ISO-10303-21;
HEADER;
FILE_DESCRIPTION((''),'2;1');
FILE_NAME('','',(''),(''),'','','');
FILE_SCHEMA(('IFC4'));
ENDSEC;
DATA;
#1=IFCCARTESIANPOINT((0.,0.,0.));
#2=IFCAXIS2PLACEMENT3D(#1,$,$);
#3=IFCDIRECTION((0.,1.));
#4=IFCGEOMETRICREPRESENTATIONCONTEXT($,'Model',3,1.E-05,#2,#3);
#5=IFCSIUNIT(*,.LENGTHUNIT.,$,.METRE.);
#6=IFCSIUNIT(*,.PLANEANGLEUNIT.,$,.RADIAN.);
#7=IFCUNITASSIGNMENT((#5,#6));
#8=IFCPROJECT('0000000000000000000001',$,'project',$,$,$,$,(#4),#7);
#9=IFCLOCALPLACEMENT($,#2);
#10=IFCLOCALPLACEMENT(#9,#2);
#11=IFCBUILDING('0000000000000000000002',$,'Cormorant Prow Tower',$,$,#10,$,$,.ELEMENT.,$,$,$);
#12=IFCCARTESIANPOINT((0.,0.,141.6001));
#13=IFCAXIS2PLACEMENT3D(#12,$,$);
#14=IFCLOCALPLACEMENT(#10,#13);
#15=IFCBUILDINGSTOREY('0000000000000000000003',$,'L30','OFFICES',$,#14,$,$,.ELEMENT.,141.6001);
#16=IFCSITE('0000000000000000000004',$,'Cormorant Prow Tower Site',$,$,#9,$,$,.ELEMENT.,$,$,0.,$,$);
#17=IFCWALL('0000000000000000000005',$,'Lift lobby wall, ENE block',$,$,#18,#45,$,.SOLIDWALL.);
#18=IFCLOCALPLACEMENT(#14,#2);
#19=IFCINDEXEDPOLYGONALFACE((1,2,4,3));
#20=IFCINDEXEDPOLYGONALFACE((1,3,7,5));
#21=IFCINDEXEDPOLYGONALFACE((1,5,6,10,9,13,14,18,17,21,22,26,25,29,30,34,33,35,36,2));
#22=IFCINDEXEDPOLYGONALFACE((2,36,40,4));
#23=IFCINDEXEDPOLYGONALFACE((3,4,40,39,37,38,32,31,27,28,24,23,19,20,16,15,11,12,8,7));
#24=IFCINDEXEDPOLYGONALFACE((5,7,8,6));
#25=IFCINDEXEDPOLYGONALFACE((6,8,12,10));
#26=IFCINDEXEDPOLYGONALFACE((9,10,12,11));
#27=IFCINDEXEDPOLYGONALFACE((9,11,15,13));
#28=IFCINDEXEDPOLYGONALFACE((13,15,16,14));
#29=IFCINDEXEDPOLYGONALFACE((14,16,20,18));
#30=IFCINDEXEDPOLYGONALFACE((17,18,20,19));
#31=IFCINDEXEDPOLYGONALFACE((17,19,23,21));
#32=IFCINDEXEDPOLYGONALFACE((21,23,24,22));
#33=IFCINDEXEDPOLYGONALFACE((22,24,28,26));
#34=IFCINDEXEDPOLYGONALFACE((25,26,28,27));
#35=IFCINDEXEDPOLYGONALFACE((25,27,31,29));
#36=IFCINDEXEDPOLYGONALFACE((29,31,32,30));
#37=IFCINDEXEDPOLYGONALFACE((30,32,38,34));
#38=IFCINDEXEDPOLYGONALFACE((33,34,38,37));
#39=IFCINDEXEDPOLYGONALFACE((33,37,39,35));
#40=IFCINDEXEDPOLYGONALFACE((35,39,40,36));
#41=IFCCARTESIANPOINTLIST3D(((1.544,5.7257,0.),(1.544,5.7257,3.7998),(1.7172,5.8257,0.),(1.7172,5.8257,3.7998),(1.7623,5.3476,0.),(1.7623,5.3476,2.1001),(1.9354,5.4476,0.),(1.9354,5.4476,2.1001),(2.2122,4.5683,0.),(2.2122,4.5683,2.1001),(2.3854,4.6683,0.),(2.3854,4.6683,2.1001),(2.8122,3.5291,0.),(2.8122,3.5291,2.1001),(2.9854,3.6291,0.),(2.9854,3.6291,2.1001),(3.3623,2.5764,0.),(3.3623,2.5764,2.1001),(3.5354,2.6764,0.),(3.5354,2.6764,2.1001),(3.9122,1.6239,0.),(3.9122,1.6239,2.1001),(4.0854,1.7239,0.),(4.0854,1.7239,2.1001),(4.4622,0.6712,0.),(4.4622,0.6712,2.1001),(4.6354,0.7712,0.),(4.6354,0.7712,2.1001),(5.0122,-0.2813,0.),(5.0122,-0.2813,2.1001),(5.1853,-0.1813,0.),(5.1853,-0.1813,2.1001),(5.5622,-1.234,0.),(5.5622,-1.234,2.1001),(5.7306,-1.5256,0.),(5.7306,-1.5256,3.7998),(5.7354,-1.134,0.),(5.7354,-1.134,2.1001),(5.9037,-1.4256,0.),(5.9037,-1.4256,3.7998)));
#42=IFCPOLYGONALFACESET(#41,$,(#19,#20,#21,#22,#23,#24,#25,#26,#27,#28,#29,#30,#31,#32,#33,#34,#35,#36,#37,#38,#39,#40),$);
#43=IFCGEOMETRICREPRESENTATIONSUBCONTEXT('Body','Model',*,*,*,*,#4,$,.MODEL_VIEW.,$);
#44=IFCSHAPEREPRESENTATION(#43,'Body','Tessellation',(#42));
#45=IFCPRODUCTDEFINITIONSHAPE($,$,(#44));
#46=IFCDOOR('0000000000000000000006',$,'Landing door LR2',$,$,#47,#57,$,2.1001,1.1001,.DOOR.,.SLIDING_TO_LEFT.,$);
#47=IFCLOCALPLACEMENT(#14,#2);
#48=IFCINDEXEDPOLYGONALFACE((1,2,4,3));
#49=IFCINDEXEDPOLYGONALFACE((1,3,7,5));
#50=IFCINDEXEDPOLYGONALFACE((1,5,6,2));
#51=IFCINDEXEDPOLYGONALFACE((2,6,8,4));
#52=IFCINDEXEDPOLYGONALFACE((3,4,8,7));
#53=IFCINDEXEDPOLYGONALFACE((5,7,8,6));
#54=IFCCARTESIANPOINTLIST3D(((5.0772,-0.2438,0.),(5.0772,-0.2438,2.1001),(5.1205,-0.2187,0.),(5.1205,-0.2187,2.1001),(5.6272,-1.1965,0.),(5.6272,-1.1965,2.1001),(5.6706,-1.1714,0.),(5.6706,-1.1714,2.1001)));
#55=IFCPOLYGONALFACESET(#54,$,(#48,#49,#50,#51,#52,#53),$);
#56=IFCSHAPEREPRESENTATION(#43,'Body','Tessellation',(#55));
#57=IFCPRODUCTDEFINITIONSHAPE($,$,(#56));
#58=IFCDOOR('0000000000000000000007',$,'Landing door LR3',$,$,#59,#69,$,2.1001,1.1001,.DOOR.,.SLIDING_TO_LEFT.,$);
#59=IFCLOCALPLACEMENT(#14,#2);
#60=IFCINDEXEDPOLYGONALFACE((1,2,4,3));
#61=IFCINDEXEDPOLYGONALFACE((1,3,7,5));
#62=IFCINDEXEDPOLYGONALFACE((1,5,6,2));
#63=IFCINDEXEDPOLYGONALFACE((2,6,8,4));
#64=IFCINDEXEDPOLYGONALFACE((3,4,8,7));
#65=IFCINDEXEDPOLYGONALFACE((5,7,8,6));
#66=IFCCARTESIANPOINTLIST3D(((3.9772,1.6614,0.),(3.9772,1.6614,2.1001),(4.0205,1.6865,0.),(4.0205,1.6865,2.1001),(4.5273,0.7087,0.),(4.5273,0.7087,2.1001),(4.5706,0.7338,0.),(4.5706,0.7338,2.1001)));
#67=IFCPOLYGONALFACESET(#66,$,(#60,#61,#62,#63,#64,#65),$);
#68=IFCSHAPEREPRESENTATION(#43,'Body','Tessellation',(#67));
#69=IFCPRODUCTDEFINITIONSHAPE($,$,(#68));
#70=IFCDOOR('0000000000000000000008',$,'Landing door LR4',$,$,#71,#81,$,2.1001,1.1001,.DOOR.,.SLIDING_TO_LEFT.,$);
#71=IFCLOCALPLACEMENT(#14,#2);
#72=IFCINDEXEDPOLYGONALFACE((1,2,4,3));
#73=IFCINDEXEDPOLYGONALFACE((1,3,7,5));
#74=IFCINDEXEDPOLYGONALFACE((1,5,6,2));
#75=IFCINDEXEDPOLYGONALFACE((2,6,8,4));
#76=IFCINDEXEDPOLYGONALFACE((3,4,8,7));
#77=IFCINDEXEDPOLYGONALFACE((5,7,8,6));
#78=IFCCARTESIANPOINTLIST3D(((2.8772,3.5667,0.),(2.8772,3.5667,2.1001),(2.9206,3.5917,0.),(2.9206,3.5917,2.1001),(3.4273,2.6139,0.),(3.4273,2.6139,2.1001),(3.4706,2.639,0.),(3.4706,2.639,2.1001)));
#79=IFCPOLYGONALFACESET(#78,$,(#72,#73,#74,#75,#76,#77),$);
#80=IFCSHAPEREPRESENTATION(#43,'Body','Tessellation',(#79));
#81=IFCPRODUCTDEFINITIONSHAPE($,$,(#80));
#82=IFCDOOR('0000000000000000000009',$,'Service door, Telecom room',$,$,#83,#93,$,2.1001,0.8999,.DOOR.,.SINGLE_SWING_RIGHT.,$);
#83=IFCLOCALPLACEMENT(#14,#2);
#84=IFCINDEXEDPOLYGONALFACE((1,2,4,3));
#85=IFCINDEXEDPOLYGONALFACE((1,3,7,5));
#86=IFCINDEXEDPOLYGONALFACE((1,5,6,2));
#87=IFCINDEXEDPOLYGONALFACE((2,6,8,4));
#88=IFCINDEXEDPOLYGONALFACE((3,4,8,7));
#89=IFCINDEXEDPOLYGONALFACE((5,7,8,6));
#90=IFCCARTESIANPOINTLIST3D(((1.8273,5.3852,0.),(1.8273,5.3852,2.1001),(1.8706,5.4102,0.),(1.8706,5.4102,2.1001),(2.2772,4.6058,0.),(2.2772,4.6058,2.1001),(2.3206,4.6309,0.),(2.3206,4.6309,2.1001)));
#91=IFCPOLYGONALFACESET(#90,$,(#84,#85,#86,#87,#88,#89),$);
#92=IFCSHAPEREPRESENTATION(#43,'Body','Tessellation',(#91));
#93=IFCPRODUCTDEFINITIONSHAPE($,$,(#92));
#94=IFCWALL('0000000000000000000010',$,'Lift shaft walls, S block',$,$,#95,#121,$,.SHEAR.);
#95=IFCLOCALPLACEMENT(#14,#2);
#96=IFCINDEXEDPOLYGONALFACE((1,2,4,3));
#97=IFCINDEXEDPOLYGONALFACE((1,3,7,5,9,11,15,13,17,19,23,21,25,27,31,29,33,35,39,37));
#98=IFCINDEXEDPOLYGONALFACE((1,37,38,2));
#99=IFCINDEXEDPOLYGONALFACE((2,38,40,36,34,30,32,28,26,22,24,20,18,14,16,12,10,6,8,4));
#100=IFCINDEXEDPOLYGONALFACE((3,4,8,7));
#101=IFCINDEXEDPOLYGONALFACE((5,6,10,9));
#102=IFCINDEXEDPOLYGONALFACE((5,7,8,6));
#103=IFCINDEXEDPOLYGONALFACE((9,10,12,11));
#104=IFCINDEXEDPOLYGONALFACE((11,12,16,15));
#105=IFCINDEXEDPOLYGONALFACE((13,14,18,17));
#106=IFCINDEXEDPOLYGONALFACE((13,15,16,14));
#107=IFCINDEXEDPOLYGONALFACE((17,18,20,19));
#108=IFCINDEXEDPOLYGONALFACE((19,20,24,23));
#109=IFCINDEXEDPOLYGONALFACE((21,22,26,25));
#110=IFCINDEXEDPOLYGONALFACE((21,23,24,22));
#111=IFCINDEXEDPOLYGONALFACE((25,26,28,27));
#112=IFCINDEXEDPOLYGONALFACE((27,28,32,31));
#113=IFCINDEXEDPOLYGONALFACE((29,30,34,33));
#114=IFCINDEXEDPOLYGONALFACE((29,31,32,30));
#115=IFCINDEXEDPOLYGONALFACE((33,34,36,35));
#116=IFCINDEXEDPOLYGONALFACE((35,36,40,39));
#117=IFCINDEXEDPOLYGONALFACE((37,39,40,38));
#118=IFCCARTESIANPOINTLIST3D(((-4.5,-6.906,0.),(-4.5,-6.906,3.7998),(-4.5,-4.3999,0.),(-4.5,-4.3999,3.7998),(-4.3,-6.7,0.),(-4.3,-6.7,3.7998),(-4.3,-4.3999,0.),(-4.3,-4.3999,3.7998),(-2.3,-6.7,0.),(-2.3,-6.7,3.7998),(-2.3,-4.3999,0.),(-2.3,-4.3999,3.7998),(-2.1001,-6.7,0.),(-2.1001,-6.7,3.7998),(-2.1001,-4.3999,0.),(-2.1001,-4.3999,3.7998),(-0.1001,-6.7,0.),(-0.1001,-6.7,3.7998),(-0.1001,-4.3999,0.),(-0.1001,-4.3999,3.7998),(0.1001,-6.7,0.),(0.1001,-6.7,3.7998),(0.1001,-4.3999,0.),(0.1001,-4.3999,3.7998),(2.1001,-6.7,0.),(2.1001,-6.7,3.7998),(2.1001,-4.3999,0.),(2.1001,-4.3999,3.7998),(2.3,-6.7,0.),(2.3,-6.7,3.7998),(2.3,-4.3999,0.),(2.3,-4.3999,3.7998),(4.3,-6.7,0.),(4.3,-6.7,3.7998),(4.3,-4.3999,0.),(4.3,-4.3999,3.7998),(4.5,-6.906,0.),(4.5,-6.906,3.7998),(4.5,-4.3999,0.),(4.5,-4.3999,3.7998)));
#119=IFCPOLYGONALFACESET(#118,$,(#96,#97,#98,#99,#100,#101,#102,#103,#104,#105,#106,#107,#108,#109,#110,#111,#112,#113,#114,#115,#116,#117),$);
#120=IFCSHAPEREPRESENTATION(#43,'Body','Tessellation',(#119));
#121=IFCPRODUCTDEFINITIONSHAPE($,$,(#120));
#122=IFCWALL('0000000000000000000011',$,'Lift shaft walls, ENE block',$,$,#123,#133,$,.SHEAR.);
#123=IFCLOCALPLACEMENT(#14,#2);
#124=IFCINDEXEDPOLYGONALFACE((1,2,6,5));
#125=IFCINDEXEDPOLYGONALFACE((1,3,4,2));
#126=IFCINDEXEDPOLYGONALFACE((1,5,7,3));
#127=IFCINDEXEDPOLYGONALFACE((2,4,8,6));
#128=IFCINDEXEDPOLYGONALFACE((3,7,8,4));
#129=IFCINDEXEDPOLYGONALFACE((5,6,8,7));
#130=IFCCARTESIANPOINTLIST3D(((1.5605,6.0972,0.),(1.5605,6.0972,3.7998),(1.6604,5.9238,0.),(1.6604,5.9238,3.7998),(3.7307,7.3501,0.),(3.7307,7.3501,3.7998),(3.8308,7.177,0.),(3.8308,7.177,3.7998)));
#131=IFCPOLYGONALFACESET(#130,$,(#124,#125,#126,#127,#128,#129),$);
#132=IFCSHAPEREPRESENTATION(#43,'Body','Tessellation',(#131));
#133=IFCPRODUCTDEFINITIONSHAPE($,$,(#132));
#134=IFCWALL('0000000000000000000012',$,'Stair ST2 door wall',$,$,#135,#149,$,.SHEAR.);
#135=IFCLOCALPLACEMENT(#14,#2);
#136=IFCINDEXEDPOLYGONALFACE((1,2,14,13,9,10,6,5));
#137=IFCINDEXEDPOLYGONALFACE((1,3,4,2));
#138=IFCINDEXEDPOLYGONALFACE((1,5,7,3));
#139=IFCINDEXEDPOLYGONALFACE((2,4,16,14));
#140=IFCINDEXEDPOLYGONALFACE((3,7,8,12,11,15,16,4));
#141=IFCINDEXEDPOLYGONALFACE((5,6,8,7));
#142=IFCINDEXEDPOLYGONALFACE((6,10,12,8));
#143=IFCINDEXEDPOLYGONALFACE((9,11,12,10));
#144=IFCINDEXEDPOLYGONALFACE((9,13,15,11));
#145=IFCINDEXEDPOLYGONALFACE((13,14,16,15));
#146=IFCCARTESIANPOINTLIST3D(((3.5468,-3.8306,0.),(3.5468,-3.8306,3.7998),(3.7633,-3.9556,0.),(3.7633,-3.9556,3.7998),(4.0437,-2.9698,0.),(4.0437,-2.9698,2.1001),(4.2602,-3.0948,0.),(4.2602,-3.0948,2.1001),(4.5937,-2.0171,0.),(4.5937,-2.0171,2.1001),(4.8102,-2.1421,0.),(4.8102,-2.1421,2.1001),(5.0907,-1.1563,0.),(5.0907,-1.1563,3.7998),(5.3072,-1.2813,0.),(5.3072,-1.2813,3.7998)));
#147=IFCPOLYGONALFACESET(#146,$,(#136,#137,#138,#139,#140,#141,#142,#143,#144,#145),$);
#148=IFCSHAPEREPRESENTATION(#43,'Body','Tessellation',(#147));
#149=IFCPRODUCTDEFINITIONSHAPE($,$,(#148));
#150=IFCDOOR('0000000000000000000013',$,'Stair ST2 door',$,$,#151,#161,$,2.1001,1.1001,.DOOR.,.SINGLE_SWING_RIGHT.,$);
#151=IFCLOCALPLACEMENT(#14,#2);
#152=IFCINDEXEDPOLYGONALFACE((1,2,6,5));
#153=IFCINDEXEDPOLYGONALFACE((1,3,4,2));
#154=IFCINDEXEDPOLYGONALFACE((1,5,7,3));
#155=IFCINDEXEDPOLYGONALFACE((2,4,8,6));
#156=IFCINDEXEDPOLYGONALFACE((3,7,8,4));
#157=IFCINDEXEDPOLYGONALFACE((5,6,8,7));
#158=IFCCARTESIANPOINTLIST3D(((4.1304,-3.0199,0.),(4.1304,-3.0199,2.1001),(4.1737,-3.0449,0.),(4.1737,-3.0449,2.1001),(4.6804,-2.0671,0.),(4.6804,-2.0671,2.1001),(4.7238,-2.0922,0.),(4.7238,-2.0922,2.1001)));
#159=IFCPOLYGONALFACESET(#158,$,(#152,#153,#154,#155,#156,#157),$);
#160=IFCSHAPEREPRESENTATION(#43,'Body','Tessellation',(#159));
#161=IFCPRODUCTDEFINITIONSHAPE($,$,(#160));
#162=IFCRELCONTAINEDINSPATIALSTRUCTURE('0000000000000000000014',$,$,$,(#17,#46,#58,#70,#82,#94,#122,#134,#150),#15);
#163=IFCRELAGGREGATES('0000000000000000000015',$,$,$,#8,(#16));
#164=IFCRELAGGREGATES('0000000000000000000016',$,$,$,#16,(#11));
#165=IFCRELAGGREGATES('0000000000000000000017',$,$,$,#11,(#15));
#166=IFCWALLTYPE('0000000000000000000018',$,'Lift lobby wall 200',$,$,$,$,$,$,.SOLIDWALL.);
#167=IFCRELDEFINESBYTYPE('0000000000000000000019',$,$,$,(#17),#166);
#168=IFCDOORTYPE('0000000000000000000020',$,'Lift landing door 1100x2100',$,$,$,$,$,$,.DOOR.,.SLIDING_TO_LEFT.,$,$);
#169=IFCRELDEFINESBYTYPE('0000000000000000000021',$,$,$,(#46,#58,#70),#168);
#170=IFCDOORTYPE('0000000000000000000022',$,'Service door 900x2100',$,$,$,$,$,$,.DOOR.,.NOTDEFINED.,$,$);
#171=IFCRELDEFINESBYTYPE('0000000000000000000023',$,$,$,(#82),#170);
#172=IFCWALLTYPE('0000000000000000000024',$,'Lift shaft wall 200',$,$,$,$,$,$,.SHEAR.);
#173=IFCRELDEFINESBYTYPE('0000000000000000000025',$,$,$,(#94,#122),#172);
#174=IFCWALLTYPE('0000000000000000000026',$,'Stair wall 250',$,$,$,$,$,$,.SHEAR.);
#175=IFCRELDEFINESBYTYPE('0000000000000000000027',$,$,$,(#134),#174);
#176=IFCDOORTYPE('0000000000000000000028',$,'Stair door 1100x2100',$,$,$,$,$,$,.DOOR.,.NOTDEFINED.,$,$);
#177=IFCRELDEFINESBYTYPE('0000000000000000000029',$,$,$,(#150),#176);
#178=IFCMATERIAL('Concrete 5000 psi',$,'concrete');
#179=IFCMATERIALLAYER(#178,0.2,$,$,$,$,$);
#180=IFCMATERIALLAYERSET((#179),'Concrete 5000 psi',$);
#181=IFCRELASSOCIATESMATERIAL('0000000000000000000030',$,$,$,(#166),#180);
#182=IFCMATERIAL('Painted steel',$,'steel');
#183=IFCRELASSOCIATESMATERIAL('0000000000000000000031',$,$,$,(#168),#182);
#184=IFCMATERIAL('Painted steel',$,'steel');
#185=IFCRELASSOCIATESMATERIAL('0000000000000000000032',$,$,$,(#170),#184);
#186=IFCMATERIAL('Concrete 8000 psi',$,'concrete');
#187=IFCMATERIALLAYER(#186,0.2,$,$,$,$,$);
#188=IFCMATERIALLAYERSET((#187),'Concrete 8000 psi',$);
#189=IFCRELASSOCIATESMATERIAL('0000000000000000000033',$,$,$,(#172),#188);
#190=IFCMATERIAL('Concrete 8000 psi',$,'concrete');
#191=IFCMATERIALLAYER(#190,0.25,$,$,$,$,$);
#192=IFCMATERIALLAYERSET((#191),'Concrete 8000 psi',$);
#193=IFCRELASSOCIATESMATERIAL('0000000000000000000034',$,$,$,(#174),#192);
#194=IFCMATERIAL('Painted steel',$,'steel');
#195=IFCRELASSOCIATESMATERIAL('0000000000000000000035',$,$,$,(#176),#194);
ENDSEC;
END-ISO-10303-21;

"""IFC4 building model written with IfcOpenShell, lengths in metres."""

from ifc_helpers import new_model, si_unit, direction, frame, frame_2d, origin, place, context, subcontext, project, spatial, polyline, rectangle, outline, extrude, material, layer, layer_set, type_object, element, fill, save


model = new_model("IFC4")

# Units and contexts
model_context = context("Model", 3, precision=1e-05, world=origin(), true_north=direction((0.0, 1.0)))
body_context = subcontext(model_context, "Body", "Model", "MODEL_VIEW")
ifc_project = project(units=[si_unit("LENGTHUNIT", "METRE"), si_unit("PLANEANGLEUNIT", "RADIAN")], contexts=[model_context])

# Site, building, storey
site_placement = place(None, origin())
site = spatial("IfcSite", under=ifc_project, at=site_placement, Name="Cormorant Prow Tower Site", CompositionType="ELEMENT", RefElevation=0.0)
building_placement = place(site_placement, origin())
building = spatial("IfcBuilding", under=site, at=building_placement, Name="Cormorant Prow Tower", CompositionType="ELEMENT")
storey_placement = place(building_placement, frame((0.0, 0.0, 141.6001)))
storey = spatial("IfcBuildingStorey", under=building, at=storey_placement, Name="L30", Description="OFFICES", CompositionType="ELEMENT", Elevation=141.6001)

# Wall, openings, doors
ifc_material_1 = material(Name="Concrete 5000 psi", Category="concrete")
ifc_layer_1 = layer(ifc_material_1, 0.2)
ifc_layer_set_1 = layer_set([ifc_layer_1], Name="Concrete 5000 psi")
wall_type_1 = type_object("IfcWallType", Name="Lift lobby wall 200", PredefinedType="SOLIDWALL", material=ifc_layer_set_1)
wall_1_placement = place(storey_placement, frame((5.8171, -1.4756, 0.0), z_axis=(0.0, 0.0, 1.0), x_axis=(-0.500003, 0.866024, 0.0)))
wall_1 = element("IfcWall", 1, at=wall_1_placement, inside=storey, type_object=wall_type_1, Name="Lift lobby wall, ENE block", PredefinedType="SOLIDWALL", context=body_context, shape_type="SweptSolid", body=[
    extrude(rectangle(XDim=8.373, YDim=0.2, at=frame_2d((4.1865, 0.0))), origin(), (0.0, 0.0, 1.0), 3.7998),
])
opening_1_placement = place(wall_1_placement, frame((0.3367, 0.0, 0.0)))
opening_1 = element("IfcOpeningElement", 2, at=opening_1_placement, cuts=wall_1, PredefinedType="OPENING", context=body_context, shape_type="SweptSolid", body=[
    extrude(rectangle(XDim=1.1001, YDim=2.1001, at=frame_2d((0.55, 1.05))), frame((0.0, 0.1099, 0.0), z_axis=(0.0, -1.0, 0.0), x_axis=(1.0, 0.0, 0.0)), (0.0, 0.0, 1.0), 0.22),
])
opening_2_placement = place(wall_1_placement, frame((2.5366, 0.0, 0.0)))
opening_2 = element("IfcOpeningElement", 3, at=opening_2_placement, cuts=wall_1, PredefinedType="OPENING", context=body_context, shape_type="SweptSolid", body=[
    extrude(rectangle(XDim=1.1001, YDim=2.1001, at=frame_2d((0.55, 1.05))), frame((0.0, 0.1099, 0.0), z_axis=(0.0, -1.0, 0.0), x_axis=(1.0, 0.0, 0.0)), (0.0, 0.0, 1.0), 0.22),
])
opening_3_placement = place(wall_1_placement, frame((4.7366, 0.0, 0.0)))
opening_3 = element("IfcOpeningElement", 4, at=opening_3_placement, cuts=wall_1, PredefinedType="OPENING", context=body_context, shape_type="SweptSolid", body=[
    extrude(rectangle(XDim=1.1001, YDim=2.1001, at=frame_2d((0.55, 1.05))), frame((0.0, 0.1099, 0.0), z_axis=(0.0, -1.0, 0.0), x_axis=(1.0, 0.0, 0.0)), (0.0, 0.0, 1.0), 0.22),
])
opening_4_placement = place(wall_1_placement, frame((7.0366, 0.0, 0.0)))
opening_4 = element("IfcOpeningElement", 5, at=opening_4_placement, cuts=wall_1, PredefinedType="OPENING", context=body_context, shape_type="SweptSolid", body=[
    extrude(rectangle(XDim=0.8999, YDim=2.1001, at=frame_2d((0.45, 1.05))), frame((0.0, 0.1099, 0.0), z_axis=(0.0, -1.0, 0.0), x_axis=(1.0, 0.0, 0.0)), (0.0, 0.0, 1.0), 0.22),
])
ifc_material_2 = material(Name="Painted steel", Category="steel")
door_type_1 = type_object("IfcDoorType", Name="Lift landing door 1100x2100", OperationType="SLIDING_TO_LEFT", PredefinedType="DOOR", material=ifc_material_2)
door_1_placement = place(opening_1_placement, origin())
door_1 = element("IfcDoor", 6, at=door_1_placement, inside=storey, type_object=door_type_1, Name="Landing door LR2", OperationType="SLIDING_TO_LEFT", OverallHeight=2.1001, OverallWidth=1.1001, PredefinedType="DOOR", context=body_context, shape_type="SweptSolid", body=[
    extrude(rectangle(XDim=1.1001, YDim=2.1001, at=frame_2d((0.55, 1.05))), frame((0.0, 0.0249, 0.0), z_axis=(0.0, -1.0, 0.0), x_axis=(1.0, 0.0, 0.0)), (0.0, 0.0, 1.0), 0.05),
])
fill(opening_1, door_1)
door_2_placement = place(opening_2_placement, origin())
door_2 = element("IfcDoor", 7, at=door_2_placement, inside=storey, type_object=door_type_1, Name="Landing door LR3", OperationType="SLIDING_TO_LEFT", OverallHeight=2.1001, OverallWidth=1.1001, PredefinedType="DOOR", context=body_context, shape_type="SweptSolid", body=[
    extrude(rectangle(XDim=1.1001, YDim=2.1001, at=frame_2d((0.55, 1.05))), frame((0.0, 0.0249, 0.0), z_axis=(0.0, -1.0, 0.0), x_axis=(1.0, 0.0, 0.0)), (0.0, 0.0, 1.0), 0.05),
])
fill(opening_2, door_2)
door_3_placement = place(opening_3_placement, origin())
door_3 = element("IfcDoor", 8, at=door_3_placement, inside=storey, type_object=door_type_1, Name="Landing door LR4", OperationType="SLIDING_TO_LEFT", OverallHeight=2.1001, OverallWidth=1.1001, PredefinedType="DOOR", context=body_context, shape_type="SweptSolid", body=[
    extrude(rectangle(XDim=1.1001, YDim=2.1001, at=frame_2d((0.55, 1.05))), frame((0.0, 0.0249, 0.0), z_axis=(0.0, -1.0, 0.0), x_axis=(1.0, 0.0, 0.0)), (0.0, 0.0, 1.0), 0.05),
])
fill(opening_3, door_3)
ifc_material_3 = material(Name="Painted steel", Category="steel")
door_type_2 = type_object("IfcDoorType", Name="Service door 900x2100", OperationType="NOTDEFINED", PredefinedType="DOOR", material=ifc_material_3)
door_4_placement = place(opening_4_placement, origin())
door_4 = element("IfcDoor", 9, at=door_4_placement, inside=storey, type_object=door_type_2, Name="Service door, Telecom room", OperationType="SINGLE_SWING_RIGHT", OverallHeight=2.1001, OverallWidth=0.8999, PredefinedType="DOOR", context=body_context, shape_type="SweptSolid", body=[
    extrude(rectangle(XDim=0.8999, YDim=2.1001, at=frame_2d((0.45, 1.05))), frame((0.0, 0.0249, 0.0), z_axis=(0.0, -1.0, 0.0), x_axis=(1.0, 0.0, 0.0)), (0.0, 0.0, 1.0), 0.05),
])
fill(opening_4, door_4)

# Walls
ifc_material_4 = material(Name="Concrete 8000 psi", Category="concrete")
ifc_layer_2 = layer(ifc_material_4, 0.2)
ifc_layer_set_2 = layer_set([ifc_layer_2], Name="Concrete 8000 psi")
wall_type_2 = type_object("IfcWallType", Name="Lift shaft wall 200", PredefinedType="SHEAR", material=ifc_layer_set_2)
wall_2_placement = place(storey_placement, origin())
element("IfcWall", 10, at=wall_2_placement, inside=storey, type_object=wall_type_2, Name="Lift shaft walls, S block", PredefinedType="SHEAR", context=body_context, shape_type="SweptSolid", body=[
    extrude(outline(polyline([(4.5, -4.3999), (4.5, -6.906), (-4.5, -6.906), (-4.5, -4.3999), (-4.3, -4.3999), (-4.3, -6.7), (-2.3, -6.7), (-2.3, -4.3999), (-2.1001, -4.3999), (-2.1001, -6.7), (-0.1001, -6.7), (-0.1001, -4.3999), (0.1001, -4.3999), (0.1001, -6.7), (2.1001, -6.7), (2.1001, -4.3999), (2.3, -4.3999), (2.3, -6.7), (4.3, -6.7), (4.3, -4.3999), (4.5, -4.3999)])), origin(), (0.0, 0.0, 1.0), 3.7998),
])
wall_3_placement = place(storey_placement, origin())
element("IfcWall", 11, at=wall_3_placement, inside=storey, type_object=wall_type_2, Name="Lift shaft walls, ENE block", PredefinedType="SHEAR", context=body_context, shape_type="SweptSolid", body=[
    extrude(outline(polyline([(1.5605, 6.0972), (3.7307, 7.3501), (3.8308, 7.177), (1.6604, 5.9238), (1.5605, 6.0972)])), origin(), (0.0, 0.0, 1.0), 3.7998),
])

# Wall, opening, door
ifc_material_5 = material(Name="Concrete 8000 psi", Category="concrete")
ifc_layer_3 = layer(ifc_material_5, 0.25)
ifc_layer_set_3 = layer_set([ifc_layer_3], Name="Concrete 8000 psi")
wall_type_3 = type_object("IfcWallType", Name="Stair wall 250", PredefinedType="SHEAR", material=ifc_layer_set_3)
wall_4_placement = place(storey_placement, frame((3.655, -3.8931, 0.0), z_axis=(0.0, 0.0, 1.0), x_axis=(0.499983, 0.866035, 0.0)))
wall_4 = element("IfcWall", 12, at=wall_4_placement, inside=storey, type_object=wall_type_3, Name="Stair ST2 door wall", PredefinedType="SHEAR", context=body_context, shape_type="SweptSolid", body=[
    extrude(rectangle(XDim=3.0879, YDim=0.25, at=frame_2d((1.5439, 0.0))), origin(), (0.0, 0.0, 1.0), 3.7998),
])
opening_5_placement = place(wall_4_placement, frame((0.9939, 0.0, 0.0)))
opening_5 = element("IfcOpeningElement", 13, at=opening_5_placement, cuts=wall_4, PredefinedType="OPENING", context=body_context, shape_type="SweptSolid", body=[
    extrude(rectangle(XDim=1.1001, YDim=2.1001, at=frame_2d((0.55, 1.05))), frame((0.0, 0.135, 0.0), z_axis=(0.0, -1.0, 0.0), x_axis=(1.0, 0.0, 0.0)), (0.0, 0.0, 1.0), 0.27),
])
ifc_material_6 = material(Name="Painted steel", Category="steel")
door_type_3 = type_object("IfcDoorType", Name="Stair door 1100x2100", OperationType="NOTDEFINED", PredefinedType="DOOR", material=ifc_material_6)
door_5_placement = place(opening_5_placement, origin())
door_5 = element("IfcDoor", 14, at=door_5_placement, inside=storey, type_object=door_type_3, Name="Stair ST2 door", OperationType="SINGLE_SWING_RIGHT", OverallHeight=2.1001, OverallWidth=1.1001, PredefinedType="DOOR", context=body_context, shape_type="SweptSolid", body=[
    extrude(rectangle(XDim=1.1001, YDim=2.1001, at=frame_2d((0.55, 1.05))), frame((0.0, 0.0249, 0.0), z_axis=(0.0, -1.0, 0.0), x_axis=(1.0, 0.0, 0.0)), (0.0, 0.0, 1.0), 0.05),
])
fill(opening_5, door_5)

save(model, "model.ifc")
